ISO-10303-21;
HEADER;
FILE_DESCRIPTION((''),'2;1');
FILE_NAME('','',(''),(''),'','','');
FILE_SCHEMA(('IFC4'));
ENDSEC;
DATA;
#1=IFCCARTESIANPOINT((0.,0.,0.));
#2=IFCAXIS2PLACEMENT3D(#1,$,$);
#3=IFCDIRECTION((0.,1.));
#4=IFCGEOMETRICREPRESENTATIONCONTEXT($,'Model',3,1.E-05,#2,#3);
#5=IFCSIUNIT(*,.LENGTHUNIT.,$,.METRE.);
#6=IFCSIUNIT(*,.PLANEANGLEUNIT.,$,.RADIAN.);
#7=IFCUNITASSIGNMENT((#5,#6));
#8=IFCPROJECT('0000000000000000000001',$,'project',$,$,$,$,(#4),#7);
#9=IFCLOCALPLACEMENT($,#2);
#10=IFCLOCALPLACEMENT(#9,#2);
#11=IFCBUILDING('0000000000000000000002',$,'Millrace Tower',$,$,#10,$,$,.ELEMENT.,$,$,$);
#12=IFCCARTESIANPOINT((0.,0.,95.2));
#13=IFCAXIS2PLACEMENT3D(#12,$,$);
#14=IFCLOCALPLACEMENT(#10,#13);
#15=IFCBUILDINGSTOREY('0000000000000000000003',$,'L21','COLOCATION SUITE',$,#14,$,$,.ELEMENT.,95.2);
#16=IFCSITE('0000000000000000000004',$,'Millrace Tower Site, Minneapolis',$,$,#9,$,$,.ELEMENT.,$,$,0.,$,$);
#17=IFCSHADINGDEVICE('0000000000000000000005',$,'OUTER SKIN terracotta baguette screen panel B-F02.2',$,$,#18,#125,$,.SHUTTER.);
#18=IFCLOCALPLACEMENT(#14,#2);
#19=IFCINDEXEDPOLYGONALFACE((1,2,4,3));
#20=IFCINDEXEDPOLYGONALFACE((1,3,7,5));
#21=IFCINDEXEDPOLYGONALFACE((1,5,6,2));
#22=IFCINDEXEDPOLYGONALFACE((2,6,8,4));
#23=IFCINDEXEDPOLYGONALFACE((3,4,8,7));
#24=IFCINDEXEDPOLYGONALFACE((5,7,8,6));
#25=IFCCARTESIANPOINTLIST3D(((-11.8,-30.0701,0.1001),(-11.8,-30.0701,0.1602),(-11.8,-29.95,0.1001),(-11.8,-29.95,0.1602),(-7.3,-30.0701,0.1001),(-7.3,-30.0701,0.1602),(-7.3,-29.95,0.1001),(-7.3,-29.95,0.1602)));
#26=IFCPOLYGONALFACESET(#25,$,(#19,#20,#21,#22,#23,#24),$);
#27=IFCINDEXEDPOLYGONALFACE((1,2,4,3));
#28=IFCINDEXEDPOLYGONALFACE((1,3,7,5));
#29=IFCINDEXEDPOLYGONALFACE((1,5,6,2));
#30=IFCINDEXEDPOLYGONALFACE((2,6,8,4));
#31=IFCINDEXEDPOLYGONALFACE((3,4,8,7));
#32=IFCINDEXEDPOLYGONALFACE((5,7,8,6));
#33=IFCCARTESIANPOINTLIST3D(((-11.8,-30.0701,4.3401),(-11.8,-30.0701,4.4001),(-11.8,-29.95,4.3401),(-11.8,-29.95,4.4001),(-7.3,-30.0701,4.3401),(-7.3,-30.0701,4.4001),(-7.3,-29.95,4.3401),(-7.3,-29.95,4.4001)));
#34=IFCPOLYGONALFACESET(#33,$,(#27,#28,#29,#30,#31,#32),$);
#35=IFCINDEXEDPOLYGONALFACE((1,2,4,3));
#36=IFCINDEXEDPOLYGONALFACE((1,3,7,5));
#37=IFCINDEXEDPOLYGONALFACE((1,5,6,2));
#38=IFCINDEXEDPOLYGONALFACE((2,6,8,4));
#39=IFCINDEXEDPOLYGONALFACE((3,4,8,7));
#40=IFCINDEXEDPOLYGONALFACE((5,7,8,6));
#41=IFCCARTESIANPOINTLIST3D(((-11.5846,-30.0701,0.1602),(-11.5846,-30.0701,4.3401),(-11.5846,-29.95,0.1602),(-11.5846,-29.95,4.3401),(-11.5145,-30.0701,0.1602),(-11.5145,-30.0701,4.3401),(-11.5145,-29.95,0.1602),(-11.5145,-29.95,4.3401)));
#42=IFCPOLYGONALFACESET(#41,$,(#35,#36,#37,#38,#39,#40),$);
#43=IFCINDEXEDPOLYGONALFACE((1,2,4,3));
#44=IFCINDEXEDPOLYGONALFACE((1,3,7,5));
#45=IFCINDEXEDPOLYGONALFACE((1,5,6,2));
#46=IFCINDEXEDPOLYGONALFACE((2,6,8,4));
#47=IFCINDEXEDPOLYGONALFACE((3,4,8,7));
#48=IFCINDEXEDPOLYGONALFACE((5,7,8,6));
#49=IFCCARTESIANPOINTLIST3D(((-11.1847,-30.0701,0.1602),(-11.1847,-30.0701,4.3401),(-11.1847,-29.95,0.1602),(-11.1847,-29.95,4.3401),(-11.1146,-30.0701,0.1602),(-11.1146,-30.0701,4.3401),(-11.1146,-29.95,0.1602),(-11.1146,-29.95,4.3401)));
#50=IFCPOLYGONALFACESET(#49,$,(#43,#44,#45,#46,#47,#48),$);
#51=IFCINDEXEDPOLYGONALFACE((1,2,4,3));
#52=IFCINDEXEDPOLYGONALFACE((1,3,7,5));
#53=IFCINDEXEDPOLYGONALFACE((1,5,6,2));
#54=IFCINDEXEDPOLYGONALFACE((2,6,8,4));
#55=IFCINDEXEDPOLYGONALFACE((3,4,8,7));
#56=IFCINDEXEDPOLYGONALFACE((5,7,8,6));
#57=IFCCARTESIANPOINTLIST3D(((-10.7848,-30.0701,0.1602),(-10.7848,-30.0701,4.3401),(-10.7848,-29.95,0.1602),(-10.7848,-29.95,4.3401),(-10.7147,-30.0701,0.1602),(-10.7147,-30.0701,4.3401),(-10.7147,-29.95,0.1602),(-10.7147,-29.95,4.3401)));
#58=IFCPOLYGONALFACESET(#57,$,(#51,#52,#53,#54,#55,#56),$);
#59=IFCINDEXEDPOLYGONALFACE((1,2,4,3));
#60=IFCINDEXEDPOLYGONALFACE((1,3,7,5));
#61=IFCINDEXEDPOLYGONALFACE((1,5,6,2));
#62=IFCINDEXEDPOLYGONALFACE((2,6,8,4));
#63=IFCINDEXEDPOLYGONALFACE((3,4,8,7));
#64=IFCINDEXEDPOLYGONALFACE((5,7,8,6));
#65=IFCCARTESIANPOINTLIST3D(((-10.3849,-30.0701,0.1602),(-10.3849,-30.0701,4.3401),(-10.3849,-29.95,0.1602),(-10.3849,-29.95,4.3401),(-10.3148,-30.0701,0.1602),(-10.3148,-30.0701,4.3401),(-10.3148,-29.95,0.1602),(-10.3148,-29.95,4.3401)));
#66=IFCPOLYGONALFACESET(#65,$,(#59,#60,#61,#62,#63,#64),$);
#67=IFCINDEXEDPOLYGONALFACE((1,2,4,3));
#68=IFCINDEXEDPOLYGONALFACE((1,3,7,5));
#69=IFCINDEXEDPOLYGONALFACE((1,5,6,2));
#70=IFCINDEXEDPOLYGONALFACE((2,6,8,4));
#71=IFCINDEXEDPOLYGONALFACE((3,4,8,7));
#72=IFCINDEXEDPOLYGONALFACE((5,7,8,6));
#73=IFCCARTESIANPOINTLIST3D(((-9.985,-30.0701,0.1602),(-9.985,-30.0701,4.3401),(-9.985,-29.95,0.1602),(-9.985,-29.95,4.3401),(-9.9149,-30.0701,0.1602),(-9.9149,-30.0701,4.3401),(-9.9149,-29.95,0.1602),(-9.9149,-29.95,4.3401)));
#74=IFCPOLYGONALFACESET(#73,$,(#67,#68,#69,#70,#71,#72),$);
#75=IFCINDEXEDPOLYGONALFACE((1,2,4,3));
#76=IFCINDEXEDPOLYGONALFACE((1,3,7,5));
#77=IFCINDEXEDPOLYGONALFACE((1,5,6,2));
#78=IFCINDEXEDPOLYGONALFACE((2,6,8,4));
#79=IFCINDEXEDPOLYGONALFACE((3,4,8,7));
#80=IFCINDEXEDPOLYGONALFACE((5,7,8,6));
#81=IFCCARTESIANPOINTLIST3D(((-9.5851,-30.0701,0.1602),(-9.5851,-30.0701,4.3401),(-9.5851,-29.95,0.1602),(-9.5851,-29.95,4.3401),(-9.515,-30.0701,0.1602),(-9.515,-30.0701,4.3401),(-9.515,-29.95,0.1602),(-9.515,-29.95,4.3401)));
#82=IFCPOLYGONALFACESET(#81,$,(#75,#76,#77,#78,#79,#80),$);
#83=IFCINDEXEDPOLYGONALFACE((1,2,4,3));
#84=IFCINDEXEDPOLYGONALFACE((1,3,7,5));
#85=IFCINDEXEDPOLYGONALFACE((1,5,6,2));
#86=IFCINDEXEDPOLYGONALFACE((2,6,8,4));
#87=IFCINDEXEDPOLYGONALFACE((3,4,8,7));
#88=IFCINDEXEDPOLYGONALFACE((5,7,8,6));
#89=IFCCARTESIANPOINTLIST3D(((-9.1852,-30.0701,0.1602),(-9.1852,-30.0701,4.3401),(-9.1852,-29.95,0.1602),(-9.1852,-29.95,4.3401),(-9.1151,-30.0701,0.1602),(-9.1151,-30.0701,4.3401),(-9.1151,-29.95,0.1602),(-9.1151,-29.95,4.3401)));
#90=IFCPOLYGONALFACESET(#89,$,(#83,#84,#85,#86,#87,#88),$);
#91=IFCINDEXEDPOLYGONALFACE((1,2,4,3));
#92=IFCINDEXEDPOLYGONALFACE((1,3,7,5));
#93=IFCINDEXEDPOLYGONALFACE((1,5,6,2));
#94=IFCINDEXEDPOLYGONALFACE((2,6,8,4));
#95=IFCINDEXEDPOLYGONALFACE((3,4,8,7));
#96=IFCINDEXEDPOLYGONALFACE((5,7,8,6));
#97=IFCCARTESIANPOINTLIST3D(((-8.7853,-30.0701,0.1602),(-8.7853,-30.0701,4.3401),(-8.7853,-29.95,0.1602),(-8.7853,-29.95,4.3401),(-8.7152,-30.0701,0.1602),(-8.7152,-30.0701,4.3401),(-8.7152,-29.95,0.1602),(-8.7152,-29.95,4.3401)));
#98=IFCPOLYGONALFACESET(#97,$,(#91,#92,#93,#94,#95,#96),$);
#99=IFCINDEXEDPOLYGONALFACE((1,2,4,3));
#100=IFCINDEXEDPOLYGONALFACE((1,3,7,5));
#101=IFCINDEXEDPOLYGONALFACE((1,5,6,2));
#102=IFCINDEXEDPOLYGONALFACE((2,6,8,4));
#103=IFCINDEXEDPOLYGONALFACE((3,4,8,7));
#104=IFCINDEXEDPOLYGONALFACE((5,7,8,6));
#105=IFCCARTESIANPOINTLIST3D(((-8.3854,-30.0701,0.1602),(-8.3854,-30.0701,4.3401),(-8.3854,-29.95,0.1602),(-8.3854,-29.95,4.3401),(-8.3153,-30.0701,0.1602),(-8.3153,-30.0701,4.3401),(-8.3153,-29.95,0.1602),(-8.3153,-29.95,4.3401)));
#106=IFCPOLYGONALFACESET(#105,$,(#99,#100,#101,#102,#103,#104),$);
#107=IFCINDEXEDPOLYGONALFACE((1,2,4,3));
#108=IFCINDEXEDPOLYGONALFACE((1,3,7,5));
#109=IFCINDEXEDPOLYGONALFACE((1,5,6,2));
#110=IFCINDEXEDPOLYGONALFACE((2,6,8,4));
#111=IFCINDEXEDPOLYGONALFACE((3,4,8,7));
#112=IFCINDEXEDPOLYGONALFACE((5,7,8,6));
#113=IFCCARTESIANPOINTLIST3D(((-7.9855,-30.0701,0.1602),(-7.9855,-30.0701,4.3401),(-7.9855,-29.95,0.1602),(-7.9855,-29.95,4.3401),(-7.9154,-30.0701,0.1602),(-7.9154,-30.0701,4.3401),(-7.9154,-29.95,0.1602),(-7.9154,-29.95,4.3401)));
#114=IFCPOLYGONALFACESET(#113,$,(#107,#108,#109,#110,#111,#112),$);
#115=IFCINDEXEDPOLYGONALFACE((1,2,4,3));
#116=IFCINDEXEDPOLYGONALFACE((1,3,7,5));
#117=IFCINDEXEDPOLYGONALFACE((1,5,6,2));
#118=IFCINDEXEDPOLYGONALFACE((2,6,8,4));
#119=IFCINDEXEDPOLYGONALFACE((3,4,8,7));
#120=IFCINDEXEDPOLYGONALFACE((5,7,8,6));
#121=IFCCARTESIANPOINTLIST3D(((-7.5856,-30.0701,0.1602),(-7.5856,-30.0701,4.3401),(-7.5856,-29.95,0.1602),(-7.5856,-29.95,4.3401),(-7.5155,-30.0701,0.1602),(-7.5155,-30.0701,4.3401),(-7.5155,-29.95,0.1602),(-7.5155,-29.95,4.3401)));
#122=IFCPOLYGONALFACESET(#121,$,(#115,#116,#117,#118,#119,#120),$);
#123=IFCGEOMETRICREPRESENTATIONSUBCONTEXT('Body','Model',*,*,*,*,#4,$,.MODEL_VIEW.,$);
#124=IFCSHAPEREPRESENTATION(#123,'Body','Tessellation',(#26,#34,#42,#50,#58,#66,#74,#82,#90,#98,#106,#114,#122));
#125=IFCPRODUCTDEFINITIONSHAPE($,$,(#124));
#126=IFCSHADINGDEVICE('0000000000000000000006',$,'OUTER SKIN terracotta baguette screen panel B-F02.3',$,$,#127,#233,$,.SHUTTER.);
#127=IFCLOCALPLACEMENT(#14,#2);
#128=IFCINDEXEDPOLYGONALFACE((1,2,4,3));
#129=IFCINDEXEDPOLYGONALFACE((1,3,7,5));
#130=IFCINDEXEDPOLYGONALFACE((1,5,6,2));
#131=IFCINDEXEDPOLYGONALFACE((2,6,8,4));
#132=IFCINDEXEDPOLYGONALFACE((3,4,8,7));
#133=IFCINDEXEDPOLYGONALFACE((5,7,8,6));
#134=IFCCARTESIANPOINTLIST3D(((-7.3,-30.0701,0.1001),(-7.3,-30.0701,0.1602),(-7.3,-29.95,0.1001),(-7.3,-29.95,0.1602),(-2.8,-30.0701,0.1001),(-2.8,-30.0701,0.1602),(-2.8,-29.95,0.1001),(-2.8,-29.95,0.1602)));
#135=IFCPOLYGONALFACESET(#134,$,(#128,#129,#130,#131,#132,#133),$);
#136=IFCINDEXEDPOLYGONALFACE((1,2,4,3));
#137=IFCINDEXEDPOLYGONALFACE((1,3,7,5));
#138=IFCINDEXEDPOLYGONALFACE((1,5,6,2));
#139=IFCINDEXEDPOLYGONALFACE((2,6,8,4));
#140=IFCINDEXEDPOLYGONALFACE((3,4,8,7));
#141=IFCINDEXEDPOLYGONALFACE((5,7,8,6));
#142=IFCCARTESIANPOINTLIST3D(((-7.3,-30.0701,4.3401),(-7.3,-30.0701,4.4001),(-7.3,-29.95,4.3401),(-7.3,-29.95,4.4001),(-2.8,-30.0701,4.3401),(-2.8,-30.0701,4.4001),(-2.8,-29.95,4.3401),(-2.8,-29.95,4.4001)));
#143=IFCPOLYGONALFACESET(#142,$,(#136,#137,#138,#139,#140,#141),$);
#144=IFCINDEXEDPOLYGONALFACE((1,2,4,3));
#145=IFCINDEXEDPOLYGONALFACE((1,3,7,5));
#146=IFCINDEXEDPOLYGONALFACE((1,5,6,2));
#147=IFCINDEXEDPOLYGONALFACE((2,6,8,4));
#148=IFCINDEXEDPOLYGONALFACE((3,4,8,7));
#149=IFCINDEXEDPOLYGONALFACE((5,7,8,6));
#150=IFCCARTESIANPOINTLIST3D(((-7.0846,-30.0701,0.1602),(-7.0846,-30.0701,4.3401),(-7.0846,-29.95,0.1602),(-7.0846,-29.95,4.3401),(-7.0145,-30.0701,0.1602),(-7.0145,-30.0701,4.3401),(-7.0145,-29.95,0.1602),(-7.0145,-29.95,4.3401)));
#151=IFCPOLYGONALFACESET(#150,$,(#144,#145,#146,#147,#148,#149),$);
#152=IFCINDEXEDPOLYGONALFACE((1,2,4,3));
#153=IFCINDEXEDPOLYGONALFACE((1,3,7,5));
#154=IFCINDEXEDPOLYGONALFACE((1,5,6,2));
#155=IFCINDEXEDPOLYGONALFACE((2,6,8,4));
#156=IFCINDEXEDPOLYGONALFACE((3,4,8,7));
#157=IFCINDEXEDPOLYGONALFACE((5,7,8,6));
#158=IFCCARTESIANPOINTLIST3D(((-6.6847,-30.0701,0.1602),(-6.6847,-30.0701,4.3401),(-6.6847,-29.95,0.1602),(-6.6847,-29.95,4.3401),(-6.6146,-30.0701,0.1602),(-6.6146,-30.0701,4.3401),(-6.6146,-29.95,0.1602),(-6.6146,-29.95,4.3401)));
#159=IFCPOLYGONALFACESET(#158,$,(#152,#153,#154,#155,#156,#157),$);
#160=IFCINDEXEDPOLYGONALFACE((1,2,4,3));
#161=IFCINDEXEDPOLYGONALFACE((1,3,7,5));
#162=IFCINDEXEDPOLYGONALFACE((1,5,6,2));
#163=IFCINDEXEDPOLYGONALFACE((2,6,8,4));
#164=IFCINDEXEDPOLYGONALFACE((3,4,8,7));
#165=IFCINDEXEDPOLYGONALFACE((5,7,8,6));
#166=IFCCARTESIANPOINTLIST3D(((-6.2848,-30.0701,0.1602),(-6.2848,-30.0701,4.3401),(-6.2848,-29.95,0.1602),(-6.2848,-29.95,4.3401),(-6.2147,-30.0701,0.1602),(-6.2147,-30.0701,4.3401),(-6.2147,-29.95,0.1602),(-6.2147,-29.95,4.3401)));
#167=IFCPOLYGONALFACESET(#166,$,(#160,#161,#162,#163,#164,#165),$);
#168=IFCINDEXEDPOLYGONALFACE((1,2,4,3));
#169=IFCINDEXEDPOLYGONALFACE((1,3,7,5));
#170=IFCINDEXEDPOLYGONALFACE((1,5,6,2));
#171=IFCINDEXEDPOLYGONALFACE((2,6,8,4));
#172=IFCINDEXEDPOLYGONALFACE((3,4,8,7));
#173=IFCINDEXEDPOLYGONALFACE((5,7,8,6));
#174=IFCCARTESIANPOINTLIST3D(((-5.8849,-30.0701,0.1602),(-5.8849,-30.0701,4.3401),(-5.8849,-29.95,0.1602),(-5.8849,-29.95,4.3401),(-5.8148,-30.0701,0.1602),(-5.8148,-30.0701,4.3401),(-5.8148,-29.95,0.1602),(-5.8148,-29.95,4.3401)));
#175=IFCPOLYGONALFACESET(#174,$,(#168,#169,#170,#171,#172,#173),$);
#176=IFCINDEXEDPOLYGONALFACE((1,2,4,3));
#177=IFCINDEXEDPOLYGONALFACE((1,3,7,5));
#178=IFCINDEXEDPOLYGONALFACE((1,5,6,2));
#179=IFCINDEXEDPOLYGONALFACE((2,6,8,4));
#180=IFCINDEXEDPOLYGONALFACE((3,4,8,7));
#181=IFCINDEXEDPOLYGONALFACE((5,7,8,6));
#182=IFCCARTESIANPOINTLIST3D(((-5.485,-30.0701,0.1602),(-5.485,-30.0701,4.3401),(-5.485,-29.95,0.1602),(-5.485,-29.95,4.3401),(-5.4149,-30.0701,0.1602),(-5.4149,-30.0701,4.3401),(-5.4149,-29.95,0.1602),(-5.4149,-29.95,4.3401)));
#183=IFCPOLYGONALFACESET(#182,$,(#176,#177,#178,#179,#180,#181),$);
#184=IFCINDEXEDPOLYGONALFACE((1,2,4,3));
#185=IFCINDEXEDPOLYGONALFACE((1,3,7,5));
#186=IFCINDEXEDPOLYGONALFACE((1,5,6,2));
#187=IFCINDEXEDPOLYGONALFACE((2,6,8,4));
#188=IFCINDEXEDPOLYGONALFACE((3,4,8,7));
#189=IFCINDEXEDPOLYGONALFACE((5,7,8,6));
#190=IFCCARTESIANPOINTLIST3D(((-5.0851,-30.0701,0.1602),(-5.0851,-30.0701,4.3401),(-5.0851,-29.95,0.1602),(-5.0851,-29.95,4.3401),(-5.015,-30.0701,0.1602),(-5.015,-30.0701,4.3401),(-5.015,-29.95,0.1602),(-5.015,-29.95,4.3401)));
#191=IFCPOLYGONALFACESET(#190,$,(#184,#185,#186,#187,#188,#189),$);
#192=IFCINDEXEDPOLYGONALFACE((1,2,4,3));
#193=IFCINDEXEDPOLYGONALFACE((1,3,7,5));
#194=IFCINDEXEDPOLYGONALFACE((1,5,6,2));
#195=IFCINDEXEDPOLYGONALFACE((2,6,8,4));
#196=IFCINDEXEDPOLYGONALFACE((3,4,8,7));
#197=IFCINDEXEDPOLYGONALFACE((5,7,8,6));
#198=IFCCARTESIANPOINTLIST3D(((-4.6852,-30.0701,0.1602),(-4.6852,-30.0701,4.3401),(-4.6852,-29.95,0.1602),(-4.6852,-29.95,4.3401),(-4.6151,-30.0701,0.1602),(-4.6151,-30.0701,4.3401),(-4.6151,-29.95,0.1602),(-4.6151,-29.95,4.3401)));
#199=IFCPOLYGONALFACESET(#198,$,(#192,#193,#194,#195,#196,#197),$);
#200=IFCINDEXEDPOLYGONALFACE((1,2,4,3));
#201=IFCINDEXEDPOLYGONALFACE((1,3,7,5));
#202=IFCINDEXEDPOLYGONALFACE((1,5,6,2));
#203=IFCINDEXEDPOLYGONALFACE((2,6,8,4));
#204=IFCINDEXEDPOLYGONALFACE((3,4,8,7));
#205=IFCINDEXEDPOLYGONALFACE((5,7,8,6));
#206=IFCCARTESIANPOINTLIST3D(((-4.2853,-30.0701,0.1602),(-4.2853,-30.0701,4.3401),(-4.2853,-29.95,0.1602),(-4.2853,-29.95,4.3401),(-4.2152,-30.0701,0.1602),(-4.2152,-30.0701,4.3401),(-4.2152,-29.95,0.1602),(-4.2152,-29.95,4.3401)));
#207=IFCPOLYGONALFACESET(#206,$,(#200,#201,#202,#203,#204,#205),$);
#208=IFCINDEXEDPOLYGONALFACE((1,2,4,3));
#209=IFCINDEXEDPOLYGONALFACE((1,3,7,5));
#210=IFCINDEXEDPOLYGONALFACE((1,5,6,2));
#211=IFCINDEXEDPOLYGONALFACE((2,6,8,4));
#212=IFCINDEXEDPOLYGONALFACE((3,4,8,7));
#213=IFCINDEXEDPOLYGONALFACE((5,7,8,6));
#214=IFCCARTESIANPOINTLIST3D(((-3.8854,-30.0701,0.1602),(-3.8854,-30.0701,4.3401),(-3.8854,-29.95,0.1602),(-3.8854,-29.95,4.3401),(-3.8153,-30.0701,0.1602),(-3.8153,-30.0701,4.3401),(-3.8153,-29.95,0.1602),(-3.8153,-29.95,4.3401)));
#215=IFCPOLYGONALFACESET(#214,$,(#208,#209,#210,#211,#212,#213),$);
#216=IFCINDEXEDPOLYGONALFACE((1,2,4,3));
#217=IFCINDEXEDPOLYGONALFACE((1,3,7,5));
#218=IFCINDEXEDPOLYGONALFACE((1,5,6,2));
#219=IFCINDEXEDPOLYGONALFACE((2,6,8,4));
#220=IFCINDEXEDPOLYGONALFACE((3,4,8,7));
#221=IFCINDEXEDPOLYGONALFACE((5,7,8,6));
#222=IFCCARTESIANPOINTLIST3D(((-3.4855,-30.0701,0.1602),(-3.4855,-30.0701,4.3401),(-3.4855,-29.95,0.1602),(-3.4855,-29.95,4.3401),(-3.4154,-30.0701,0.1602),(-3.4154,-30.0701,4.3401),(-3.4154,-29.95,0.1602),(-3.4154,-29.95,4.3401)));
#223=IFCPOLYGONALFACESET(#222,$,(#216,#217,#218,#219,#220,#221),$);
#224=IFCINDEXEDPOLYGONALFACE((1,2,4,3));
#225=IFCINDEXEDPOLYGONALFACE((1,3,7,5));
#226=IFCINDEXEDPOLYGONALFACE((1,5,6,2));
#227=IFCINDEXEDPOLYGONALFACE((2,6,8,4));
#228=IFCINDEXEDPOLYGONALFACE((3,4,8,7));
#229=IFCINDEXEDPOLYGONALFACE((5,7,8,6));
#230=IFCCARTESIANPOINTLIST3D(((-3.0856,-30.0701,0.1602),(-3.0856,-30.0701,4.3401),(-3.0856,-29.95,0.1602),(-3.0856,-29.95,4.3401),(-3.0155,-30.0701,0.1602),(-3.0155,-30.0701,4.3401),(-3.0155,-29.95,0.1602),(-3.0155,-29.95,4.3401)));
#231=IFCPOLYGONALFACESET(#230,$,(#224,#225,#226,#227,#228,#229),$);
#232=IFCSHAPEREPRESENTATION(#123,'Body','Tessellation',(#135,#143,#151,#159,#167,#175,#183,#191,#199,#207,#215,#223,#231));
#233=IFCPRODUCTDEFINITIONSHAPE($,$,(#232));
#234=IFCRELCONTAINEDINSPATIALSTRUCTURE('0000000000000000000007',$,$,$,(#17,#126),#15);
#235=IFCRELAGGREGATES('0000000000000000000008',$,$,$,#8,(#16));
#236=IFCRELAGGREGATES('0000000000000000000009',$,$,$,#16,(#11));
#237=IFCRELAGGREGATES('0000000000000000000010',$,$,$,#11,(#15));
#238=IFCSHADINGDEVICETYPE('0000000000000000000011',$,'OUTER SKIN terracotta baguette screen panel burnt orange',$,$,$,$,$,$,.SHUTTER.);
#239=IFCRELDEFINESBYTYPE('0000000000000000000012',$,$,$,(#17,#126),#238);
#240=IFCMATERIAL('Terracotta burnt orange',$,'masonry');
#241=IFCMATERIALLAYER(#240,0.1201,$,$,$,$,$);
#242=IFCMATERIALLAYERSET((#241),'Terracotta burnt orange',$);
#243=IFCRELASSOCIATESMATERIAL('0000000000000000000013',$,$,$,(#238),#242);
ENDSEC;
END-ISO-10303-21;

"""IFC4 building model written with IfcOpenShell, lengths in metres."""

from ifc_helpers import new_model, entity, si_unit, direction, frame, frame_2d, origin, origin_2d, place, context, subcontext, project, spatial, rectangle, extrude, source, transform, mapped, material, layer, layer_set, type_object, element, save


model = new_model("IFC4")

# Units and contexts
model_context = context("Model", 3, precision=1e-05, world=origin(), true_north=direction((0.0, 1.0)))
body_context = subcontext(model_context, "Body", "Model", "MODEL_VIEW")
ifc_project = project(units=[si_unit("LENGTHUNIT", "METRE"), si_unit("PLANEANGLEUNIT", "RADIAN")], contexts=[model_context])

# Site, building, storey
site_placement = place(None, origin())
site = spatial("IfcSite", under=ifc_project, at=site_placement, Name="Millrace Tower Site, Minneapolis", CompositionType="ELEMENT", RefElevation=0.0)
building_placement = place(site_placement, origin())
building = spatial("IfcBuilding", under=site, at=building_placement, Name="Millrace Tower", CompositionType="ELEMENT")
storey_placement = place(building_placement, frame((0.0, 0.0, 95.2)))
storey = spatial("IfcBuildingStorey", under=building, at=storey_placement, Name="L21", Description="COLOCATION SUITE", CompositionType="ELEMENT", Elevation=95.2)

# Shading devices
ifc_material_1 = material(Name="Terracotta burnt orange", Category="masonry")
ifc_layer_1 = layer(ifc_material_1, 0.1201)
ifc_layer_set_1 = layer_set([ifc_layer_1], Name="Terracotta burnt orange")
shading_device_type = type_object("IfcShadingDeviceType", Name="OUTER SKIN terracotta baguette screen panel burnt orange", PredefinedType="SHUTTER", material=ifc_layer_set_1)
cartesian_point_1 = entity("IfcCartesianPoint", [-2.25, 0.0601])
shared_polyline_1 = entity("IfcPolyline", [cartesian_point_1, entity("IfcCartesianPoint", [2.25, 0.0601]), entity("IfcCartesianPoint", [2.25, -0.0601]), entity("IfcCartesianPoint", [-2.25, -0.0601]), cartesian_point_1])
shared_shape_1 = source(origin(), body_context, "Body", "SweptSolid", [
    entity("IfcExtrudedAreaSolid", entity("IfcArbitraryClosedProfileDef", "AREA", None, shared_polyline_1), entity("IfcAxis2Placement3D", entity("IfcCartesianPoint", [0.0, 0.0, 0.0])), entity("IfcDirection", [0.0, 0.0, 1.0]), 0.0601),
    entity("IfcExtrudedAreaSolid", entity("IfcArbitraryClosedProfileDef", "AREA", None, shared_polyline_1), entity("IfcAxis2Placement3D", entity("IfcCartesianPoint", [0.0, 0.0, 4.24])), entity("IfcDirection", [0.0, 0.0, 1.0]), 0.0601),
    extrude(rectangle(XDim=0.0701, YDim=0.1201, at=frame_2d((-1.9995, 0.0))), frame((0.0, 0.0, 0.0601)), (0.0, 0.0, 1.0), 4.1799),
    extrude(rectangle(XDim=0.0701, YDim=0.1201, at=frame_2d((-1.5996, 0.0))), frame((0.0, 0.0, 0.0601)), (0.0, 0.0, 1.0), 4.1799),
    extrude(rectangle(XDim=0.0701, YDim=0.1201, at=frame_2d((-1.1997, 0.0))), frame((0.0, 0.0, 0.0601)), (0.0, 0.0, 1.0), 4.1799),
    extrude(rectangle(XDim=0.0701, YDim=0.1201, at=frame_2d((-0.7998, 0.0))), frame((0.0, 0.0, 0.0601)), (0.0, 0.0, 1.0), 4.1799),
    extrude(rectangle(XDim=0.0701, YDim=0.1201, at=frame_2d((-0.3999, 0.0))), frame((0.0, 0.0, 0.0601)), (0.0, 0.0, 1.0), 4.1799),
    extrude(rectangle(XDim=0.0701, YDim=0.1201, at=origin_2d()), frame((0.0, 0.0, 0.0601)), (0.0, 0.0, 1.0), 4.1799),
    extrude(rectangle(XDim=0.0701, YDim=0.1201, at=frame_2d((0.3999, 0.0))), frame((0.0, 0.0, 0.0601)), (0.0, 0.0, 1.0), 4.1799),
    extrude(rectangle(XDim=0.0701, YDim=0.1201, at=frame_2d((0.7998, 0.0))), frame((0.0, 0.0, 0.0601)), (0.0, 0.0, 1.0), 4.1799),
    extrude(rectangle(XDim=0.0701, YDim=0.1201, at=frame_2d((1.1997, 0.0))), frame((0.0, 0.0, 0.0601)), (0.0, 0.0, 1.0), 4.1799),
    extrude(rectangle(XDim=0.0701, YDim=0.1201, at=frame_2d((1.5996, 0.0))), frame((0.0, 0.0, 0.0601)), (0.0, 0.0, 1.0), 4.1799),
    extrude(rectangle(XDim=0.0701, YDim=0.1201, at=frame_2d((1.9995, 0.0))), frame((0.0, 0.0, 0.0601)), (0.0, 0.0, 1.0), 4.1799),
])
for number, where, z_axis, x_axis, name in (
    (1, (-9.55, -30.01, 0.1001), (0.0, 0.0, 1.0), (1.0, 0.0, 0.0), "OUTER SKIN terracotta baguette screen panel B-F02.2"),
    (2, (-5.05, -30.01, 0.1001), (0.0, 0.0, 1.0), (1.0, 0.0, 0.0), "OUTER SKIN terracotta baguette screen panel B-F02.3"),
):
    element("IfcShadingDevice", number, at=place(storey_placement, frame(where, z_axis=z_axis, x_axis=x_axis)), inside=storey, type_object=shading_device_type, Name=name, PredefinedType="SHUTTER", context=body_context, shape_type="MappedRepresentation", body=[
        mapped(shared_shape_1, transform((0.0, 0.0, 0.0), scale=1.0)),
    ])

save(model, "model.ifc")
